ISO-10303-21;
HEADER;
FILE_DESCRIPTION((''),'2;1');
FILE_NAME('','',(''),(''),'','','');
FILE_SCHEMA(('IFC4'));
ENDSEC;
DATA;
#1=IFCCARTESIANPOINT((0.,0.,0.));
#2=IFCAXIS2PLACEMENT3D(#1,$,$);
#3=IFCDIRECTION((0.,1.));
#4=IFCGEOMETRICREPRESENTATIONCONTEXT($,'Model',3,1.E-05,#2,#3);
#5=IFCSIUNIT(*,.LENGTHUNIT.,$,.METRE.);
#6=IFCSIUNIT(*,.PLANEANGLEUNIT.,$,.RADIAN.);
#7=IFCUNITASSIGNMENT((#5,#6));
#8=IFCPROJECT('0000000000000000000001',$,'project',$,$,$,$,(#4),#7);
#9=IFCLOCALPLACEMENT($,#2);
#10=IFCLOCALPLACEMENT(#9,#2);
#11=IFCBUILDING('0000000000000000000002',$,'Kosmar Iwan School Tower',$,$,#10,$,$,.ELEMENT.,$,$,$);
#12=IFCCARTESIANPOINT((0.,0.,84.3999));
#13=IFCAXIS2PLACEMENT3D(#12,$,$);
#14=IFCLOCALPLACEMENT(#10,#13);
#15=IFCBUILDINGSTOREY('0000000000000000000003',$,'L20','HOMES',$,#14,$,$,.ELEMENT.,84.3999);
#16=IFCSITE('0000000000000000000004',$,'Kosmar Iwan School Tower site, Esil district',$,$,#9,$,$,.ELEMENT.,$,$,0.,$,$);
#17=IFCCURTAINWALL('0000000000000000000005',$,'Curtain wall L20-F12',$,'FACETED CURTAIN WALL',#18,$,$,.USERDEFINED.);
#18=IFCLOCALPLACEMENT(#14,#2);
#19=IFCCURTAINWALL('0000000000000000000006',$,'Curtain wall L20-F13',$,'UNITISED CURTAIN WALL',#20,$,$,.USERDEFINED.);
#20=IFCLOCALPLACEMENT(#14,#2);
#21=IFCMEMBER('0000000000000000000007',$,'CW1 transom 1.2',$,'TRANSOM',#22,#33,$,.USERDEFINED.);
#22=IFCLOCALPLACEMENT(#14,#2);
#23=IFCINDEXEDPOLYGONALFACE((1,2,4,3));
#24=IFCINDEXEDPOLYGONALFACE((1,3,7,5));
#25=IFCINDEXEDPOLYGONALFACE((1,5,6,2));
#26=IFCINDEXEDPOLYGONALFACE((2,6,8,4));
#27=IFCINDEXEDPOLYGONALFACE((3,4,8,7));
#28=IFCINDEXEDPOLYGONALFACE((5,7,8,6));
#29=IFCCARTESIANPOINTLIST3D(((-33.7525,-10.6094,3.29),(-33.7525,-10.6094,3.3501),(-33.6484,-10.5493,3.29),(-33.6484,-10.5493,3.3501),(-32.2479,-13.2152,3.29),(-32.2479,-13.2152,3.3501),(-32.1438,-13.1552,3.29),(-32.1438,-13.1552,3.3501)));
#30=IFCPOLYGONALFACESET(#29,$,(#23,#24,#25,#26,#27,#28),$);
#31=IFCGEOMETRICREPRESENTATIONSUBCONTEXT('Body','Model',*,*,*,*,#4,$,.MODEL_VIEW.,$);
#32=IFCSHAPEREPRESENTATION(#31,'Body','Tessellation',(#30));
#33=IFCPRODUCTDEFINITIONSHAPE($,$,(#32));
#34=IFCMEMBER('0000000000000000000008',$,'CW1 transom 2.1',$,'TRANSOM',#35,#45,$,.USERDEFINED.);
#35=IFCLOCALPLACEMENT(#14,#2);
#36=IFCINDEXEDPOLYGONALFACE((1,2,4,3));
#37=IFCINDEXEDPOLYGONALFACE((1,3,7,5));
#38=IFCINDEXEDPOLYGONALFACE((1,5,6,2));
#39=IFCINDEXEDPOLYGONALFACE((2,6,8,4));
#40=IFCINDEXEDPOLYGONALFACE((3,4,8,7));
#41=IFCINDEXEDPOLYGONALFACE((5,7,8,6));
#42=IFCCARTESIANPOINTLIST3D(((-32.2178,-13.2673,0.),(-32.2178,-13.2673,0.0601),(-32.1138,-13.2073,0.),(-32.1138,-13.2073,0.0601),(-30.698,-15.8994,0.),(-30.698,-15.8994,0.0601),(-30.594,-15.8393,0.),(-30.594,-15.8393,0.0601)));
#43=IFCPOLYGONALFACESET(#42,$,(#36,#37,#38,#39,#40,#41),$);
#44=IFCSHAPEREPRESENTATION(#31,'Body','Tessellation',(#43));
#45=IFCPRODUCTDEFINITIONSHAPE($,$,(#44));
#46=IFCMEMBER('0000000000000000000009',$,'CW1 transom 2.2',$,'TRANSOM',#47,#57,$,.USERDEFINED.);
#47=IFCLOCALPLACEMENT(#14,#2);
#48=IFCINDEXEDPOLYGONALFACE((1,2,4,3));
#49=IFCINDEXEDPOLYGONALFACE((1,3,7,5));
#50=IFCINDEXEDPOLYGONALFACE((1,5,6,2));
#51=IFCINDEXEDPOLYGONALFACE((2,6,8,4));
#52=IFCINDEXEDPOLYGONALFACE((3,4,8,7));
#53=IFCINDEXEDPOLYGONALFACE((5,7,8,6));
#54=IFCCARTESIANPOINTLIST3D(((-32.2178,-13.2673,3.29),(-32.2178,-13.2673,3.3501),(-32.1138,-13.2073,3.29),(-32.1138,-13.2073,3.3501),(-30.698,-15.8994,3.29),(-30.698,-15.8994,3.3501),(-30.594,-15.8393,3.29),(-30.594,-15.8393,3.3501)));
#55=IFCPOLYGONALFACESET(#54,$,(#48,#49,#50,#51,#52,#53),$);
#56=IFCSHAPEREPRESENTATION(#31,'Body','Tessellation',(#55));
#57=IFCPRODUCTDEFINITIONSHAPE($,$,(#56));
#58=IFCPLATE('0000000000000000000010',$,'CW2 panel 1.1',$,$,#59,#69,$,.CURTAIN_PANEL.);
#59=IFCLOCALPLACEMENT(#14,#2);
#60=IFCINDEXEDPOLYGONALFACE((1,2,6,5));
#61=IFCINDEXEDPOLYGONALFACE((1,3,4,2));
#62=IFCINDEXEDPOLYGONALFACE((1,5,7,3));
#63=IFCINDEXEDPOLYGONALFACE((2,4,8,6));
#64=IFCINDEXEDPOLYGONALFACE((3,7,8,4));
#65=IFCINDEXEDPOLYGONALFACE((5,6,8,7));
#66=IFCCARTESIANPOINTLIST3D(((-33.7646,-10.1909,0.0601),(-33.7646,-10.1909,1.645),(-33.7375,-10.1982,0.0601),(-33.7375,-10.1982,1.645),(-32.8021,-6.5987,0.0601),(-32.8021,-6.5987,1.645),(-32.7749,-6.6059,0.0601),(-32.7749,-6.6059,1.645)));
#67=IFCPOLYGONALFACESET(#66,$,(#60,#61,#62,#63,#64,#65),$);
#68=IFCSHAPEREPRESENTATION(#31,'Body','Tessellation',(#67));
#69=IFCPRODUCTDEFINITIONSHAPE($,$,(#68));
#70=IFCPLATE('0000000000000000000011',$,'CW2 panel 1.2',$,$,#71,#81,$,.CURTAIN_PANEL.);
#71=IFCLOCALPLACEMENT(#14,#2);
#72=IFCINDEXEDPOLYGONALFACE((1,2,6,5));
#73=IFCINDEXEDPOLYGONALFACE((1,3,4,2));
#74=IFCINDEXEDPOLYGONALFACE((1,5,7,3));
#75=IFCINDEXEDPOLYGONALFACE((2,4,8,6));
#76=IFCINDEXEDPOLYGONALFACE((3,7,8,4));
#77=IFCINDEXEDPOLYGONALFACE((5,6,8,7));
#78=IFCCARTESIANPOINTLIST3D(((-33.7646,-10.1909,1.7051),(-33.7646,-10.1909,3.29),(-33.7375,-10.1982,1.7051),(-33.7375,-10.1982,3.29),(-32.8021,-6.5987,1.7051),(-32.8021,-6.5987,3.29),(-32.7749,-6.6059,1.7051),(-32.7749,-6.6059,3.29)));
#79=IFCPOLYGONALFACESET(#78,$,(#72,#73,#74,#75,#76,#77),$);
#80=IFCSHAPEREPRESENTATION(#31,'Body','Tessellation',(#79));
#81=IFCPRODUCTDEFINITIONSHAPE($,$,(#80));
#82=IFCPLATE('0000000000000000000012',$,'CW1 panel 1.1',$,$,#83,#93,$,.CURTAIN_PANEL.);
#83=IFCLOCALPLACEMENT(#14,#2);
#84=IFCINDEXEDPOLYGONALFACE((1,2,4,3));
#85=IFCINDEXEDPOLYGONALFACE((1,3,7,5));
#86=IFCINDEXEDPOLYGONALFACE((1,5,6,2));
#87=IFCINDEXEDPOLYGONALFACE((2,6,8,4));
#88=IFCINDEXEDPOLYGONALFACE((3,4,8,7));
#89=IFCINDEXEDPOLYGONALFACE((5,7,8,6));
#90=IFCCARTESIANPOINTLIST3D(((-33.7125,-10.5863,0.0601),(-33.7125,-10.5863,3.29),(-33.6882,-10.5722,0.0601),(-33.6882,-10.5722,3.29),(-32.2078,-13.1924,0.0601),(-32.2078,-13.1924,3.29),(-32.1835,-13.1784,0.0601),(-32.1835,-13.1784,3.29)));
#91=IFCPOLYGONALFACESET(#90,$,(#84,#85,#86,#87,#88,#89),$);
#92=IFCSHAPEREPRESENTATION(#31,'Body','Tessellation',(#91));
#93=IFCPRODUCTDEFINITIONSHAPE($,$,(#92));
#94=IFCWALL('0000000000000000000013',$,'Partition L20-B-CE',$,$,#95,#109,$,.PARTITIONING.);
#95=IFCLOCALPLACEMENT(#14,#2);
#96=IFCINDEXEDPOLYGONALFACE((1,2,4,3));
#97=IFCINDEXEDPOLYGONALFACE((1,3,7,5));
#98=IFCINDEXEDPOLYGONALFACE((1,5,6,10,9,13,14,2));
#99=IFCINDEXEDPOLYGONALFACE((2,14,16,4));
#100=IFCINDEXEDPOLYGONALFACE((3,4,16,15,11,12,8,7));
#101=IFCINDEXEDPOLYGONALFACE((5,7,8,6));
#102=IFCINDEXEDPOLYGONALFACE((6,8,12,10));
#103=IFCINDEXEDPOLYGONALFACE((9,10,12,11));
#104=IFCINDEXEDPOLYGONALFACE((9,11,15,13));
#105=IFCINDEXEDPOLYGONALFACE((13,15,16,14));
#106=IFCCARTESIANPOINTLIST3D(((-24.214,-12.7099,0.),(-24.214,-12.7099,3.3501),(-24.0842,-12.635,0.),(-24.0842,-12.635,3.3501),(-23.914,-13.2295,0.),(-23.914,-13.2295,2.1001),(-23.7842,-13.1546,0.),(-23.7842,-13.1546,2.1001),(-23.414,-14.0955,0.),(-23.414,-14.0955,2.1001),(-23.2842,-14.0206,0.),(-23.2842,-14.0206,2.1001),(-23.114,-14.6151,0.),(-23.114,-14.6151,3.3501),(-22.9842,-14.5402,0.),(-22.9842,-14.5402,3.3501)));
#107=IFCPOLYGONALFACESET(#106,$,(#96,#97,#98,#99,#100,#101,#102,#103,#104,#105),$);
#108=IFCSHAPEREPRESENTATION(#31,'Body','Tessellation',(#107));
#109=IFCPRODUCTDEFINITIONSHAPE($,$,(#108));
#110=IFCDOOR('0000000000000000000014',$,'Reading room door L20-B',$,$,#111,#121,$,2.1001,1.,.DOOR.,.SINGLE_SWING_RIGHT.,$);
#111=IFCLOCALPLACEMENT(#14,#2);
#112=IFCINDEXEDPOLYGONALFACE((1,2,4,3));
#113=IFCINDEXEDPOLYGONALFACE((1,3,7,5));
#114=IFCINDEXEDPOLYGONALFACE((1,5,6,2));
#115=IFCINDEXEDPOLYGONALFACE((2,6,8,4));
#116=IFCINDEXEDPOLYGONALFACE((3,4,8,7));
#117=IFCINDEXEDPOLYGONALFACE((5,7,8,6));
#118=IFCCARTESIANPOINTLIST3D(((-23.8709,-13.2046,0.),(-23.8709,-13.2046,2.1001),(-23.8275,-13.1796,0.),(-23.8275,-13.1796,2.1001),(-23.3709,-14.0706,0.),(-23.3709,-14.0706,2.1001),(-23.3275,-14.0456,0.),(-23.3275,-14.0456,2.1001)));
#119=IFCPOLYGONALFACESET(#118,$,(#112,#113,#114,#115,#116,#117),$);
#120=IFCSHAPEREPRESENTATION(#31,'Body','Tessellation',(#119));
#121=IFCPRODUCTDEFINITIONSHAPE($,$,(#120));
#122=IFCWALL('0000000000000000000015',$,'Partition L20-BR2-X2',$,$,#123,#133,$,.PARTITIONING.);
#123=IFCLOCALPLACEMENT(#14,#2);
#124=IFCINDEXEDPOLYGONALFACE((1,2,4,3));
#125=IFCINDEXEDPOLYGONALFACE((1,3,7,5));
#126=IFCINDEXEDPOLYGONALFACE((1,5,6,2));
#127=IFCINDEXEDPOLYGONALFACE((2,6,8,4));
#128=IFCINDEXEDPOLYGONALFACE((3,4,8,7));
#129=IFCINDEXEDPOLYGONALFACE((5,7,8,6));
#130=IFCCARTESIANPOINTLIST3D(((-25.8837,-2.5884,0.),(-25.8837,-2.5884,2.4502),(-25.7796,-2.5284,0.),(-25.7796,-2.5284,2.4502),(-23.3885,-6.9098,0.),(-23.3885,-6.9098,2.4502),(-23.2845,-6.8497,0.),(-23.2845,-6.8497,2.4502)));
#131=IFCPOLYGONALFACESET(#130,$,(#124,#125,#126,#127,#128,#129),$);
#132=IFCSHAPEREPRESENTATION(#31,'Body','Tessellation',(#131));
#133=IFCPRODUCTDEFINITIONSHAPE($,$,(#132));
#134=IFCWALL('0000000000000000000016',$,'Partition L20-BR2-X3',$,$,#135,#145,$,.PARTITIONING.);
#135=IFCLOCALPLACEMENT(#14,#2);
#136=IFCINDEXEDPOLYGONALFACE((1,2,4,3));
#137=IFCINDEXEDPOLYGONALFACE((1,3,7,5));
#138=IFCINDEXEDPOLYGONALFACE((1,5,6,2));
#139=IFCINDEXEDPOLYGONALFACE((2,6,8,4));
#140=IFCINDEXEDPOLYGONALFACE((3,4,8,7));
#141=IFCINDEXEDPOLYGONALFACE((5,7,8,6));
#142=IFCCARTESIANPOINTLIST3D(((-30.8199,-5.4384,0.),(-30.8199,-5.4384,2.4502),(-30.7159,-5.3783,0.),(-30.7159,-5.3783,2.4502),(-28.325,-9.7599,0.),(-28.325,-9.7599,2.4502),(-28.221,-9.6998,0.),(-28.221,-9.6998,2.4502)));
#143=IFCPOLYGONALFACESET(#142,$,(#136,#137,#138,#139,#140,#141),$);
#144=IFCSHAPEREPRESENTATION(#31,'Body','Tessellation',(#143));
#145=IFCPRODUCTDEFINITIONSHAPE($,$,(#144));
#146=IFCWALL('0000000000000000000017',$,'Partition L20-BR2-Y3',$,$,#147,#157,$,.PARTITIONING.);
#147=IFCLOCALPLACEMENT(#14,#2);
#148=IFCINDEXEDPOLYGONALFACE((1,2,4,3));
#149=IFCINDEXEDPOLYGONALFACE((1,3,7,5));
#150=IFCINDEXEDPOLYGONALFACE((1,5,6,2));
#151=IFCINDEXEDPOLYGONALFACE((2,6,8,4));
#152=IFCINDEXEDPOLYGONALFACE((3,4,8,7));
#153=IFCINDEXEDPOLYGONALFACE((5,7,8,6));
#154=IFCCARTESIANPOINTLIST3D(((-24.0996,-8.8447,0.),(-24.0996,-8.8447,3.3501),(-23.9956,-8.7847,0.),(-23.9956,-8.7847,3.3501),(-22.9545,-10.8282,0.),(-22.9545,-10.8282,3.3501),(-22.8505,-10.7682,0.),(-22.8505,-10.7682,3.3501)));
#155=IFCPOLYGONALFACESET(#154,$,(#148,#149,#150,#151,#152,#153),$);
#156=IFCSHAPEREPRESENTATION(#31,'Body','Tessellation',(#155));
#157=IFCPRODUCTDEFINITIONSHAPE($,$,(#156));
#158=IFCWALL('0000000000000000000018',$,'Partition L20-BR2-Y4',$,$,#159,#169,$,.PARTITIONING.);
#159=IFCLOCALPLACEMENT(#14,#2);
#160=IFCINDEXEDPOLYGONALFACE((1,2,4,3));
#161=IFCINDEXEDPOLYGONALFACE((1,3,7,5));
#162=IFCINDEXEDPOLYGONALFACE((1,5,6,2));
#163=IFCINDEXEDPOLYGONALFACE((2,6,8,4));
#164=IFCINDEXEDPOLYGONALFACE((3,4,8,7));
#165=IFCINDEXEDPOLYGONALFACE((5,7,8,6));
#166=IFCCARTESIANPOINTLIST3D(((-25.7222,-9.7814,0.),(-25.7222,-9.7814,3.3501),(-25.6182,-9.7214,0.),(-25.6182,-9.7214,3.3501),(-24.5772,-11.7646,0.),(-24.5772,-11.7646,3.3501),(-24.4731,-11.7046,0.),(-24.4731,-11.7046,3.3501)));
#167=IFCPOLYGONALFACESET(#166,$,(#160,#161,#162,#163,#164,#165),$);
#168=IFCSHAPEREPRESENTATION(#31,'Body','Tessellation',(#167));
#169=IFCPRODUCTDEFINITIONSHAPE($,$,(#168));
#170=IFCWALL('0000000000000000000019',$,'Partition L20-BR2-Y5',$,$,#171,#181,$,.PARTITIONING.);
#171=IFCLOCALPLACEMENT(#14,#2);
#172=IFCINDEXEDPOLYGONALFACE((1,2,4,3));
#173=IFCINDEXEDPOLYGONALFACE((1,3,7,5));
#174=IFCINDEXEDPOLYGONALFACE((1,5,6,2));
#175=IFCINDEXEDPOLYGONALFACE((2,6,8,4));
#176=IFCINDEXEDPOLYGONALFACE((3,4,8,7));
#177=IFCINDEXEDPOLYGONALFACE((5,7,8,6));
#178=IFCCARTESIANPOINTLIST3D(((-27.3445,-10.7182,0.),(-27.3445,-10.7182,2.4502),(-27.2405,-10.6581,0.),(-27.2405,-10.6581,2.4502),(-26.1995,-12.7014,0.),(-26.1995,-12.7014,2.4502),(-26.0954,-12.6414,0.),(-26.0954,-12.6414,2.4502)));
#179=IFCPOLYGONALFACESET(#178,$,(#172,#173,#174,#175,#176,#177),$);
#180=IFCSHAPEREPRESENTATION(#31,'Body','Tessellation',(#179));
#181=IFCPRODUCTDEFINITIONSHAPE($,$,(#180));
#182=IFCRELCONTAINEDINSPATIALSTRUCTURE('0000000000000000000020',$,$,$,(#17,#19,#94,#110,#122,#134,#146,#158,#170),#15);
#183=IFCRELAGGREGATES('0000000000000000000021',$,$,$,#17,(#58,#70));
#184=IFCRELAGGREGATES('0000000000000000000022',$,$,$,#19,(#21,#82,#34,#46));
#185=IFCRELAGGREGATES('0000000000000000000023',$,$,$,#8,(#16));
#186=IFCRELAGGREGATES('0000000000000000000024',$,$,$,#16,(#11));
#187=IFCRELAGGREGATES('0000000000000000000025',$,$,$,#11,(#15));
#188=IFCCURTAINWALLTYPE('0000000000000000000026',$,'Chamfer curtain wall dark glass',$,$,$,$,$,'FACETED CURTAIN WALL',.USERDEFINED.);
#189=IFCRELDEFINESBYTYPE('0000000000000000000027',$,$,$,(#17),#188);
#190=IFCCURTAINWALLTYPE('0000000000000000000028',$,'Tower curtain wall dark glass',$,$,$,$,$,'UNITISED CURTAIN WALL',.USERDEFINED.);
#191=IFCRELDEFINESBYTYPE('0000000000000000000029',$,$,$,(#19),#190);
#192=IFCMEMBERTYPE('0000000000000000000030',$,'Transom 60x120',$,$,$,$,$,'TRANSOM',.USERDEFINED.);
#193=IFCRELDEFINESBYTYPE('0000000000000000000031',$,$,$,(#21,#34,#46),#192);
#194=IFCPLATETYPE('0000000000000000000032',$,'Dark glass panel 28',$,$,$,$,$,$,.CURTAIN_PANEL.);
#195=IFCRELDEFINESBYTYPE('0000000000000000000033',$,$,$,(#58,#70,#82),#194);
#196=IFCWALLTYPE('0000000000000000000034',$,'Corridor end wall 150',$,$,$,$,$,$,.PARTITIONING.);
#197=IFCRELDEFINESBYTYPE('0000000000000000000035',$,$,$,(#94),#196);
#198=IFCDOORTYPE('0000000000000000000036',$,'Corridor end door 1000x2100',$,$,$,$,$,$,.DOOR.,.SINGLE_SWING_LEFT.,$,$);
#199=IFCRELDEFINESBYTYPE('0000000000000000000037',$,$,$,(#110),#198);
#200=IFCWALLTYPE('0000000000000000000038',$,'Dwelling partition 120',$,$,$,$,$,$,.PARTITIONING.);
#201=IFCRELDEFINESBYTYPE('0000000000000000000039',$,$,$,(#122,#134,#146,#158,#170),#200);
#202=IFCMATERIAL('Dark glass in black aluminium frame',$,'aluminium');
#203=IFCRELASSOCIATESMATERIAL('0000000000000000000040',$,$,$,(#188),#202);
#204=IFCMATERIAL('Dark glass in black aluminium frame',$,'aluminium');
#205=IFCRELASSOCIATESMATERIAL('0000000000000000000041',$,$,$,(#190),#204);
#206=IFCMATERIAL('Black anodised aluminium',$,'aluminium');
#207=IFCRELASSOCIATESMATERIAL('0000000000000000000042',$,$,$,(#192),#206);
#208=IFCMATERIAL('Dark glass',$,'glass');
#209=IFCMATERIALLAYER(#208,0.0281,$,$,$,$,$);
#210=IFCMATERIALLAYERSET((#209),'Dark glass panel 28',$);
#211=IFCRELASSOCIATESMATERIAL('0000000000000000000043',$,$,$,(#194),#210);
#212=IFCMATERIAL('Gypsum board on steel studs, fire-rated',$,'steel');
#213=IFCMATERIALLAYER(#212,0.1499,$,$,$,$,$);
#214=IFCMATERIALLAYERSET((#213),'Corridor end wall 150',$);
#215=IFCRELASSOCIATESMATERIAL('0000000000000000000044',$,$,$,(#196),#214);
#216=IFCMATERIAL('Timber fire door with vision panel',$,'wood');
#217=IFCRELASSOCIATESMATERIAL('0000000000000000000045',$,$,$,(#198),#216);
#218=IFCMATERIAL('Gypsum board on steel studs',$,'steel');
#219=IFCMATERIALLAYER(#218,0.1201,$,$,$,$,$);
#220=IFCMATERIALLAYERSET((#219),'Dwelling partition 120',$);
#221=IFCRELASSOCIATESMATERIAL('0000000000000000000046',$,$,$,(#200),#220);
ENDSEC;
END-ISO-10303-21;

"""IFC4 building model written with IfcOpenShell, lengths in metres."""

from ifc_helpers import new_model, si_unit, direction, frame, frame_2d, origin, origin_2d, place, context, subcontext, project, spatial, rectangle, extrude, material, layer, layer_set, material_profile, profile_set, type_object, element, fill, aggregate, save


model = new_model("IFC4")

# Units and contexts
model_context = context("Model", 3, precision=1e-05, world=origin(), true_north=direction((0.0, 1.0)))
body_context = subcontext(model_context, "Body", "Model", "MODEL_VIEW")
ifc_project = project(units=[si_unit("LENGTHUNIT", "METRE"), si_unit("PLANEANGLEUNIT", "RADIAN")], contexts=[model_context])

# Site, building, storey
site_placement = place(None, origin())
site = spatial("IfcSite", under=ifc_project, at=site_placement, Name="Kosmar Iwan School Tower site, Esil district", CompositionType="ELEMENT", RefElevation=0.0)
building_placement = place(site_placement, origin())
building = spatial("IfcBuilding", under=site, at=building_placement, Name="Kosmar Iwan School Tower", CompositionType="ELEMENT")
storey_placement = place(building_placement, frame((0.0, 0.0, 84.3999)))
storey = spatial("IfcBuildingStorey", under=building, at=storey_placement, Name="L20", Description="HOMES", CompositionType="ELEMENT", Elevation=84.3999)

# Curtain walls
ifc_material_1 = material(Name="Dark glass in black aluminium frame", Category="aluminium")
curtain_wall_type_1 = type_object("IfcCurtainWallType", Name="Chamfer curtain wall dark glass", ElementType="FACETED CURTAIN WALL", PredefinedType="USERDEFINED", material=ifc_material_1)
curtain_wall_1_placement = place(storey_placement, origin())
curtain_wall_1 = element("IfcCurtainWall", 1, at=curtain_wall_1_placement, inside=storey, type_object=curtain_wall_type_1, Name="Curtain wall L20-F12", ObjectType="FACETED CURTAIN WALL", PredefinedType="USERDEFINED")
ifc_material_2 = material(Name="Dark glass in black aluminium frame", Category="aluminium")
curtain_wall_type_2 = type_object("IfcCurtainWallType", Name="Tower curtain wall dark glass", ElementType="UNITISED CURTAIN WALL", PredefinedType="USERDEFINED", material=ifc_material_2)
curtain_wall_2_placement = place(storey_placement, origin())
curtain_wall_2 = element("IfcCurtainWall", 2, at=curtain_wall_2_placement, inside=storey, type_object=curtain_wall_type_2, Name="Curtain wall L20-F13", ObjectType="UNITISED CURTAIN WALL", PredefinedType="USERDEFINED")

# Members
ifc_material_3 = material(Name="Black anodised aluminium", Category="aluminium")
ifc_material_profile_1 = material_profile(ifc_material_3, rectangle(XDim=0.1201, YDim=0.0601, at=origin_2d()), Name="TRANSOM 60x120")
ifc_profile_set_1 = profile_set([ifc_material_profile_1], Name="Black anodised aluminium")
member_type_1 = type_object("IfcMemberType", Name="Transom 60x120", ElementType="TRANSOM", PredefinedType="USERDEFINED", material=ifc_profile_set_1)
member_1_placement = place(storey_placement, frame((-33.7004, -10.5793, 3.3201), z_axis=(0.500022, -0.866013, 0.0), x_axis=(0.866013, 0.500022, 0.0)))
member_1 = element("IfcMember", 3, at=member_1_placement, type_object=member_type_1, Name="CW1 transom 1.2", ObjectType="TRANSOM", PredefinedType="USERDEFINED", context=body_context, shape_type="SweptSolid", body=[
    extrude(rectangle(XDim=0.1201, YDim=0.0601, at=origin_2d()), origin(), (0.0, 0.0, 1.0), 3.009),
])
member_2_placement = place(storey_placement, frame((-32.1658, -13.2373, 0.03), z_axis=(0.500035, -0.866005, 0.0), x_axis=(0.866005, 0.500035, 0.0)))
member_2 = element("IfcMember", 4, at=member_2_placement, type_object=member_type_1, Name="CW1 transom 2.1", ObjectType="TRANSOM", PredefinedType="USERDEFINED", context=body_context, shape_type="SweptSolid", body=[
    extrude(rectangle(XDim=0.1201, YDim=0.0601, at=origin_2d()), origin(), (0.0, 0.0, 1.0), 3.0393),
])
member_3_placement = place(storey_placement, frame((-32.1658, -13.2373, 3.3201), z_axis=(0.500035, -0.866005, 0.0), x_axis=(0.866005, 0.500035, 0.0)))
member_3 = element("IfcMember", 5, at=member_3_placement, type_object=member_type_1, Name="CW1 transom 2.2", ObjectType="TRANSOM", PredefinedType="USERDEFINED", context=body_context, shape_type="SweptSolid", body=[
    extrude(rectangle(XDim=0.1201, YDim=0.0601, at=origin_2d()), origin(), (0.0, 0.0, 1.0), 3.0393),
])

# Plates
ifc_material_4 = material(Name="Dark glass", Category="glass")
ifc_layer_1 = layer(ifc_material_4, 0.0281)
ifc_layer_set_1 = layer_set([ifc_layer_1], Name="Dark glass panel 28")
plate_type = type_object("IfcPlateType", Name="Dark glass panel 28", PredefinedType="CURTAIN_PANEL", material=ifc_layer_set_1)
plate_1_placement = place(storey_placement, frame((-33.2698, -8.3984, 0.0601), z_axis=(0.0, 0.0, 1.0), x_axis=(-0.258819, -0.965926, 0.0)))
plate_1 = element("IfcPlate", 6, at=plate_1_placement, type_object=plate_type, Name="CW2 panel 1.1", PredefinedType="CURTAIN_PANEL", context=body_context, shape_type="SweptSolid", body=[
    extrude(rectangle(XDim=3.719, YDim=0.0281, at=origin_2d()), origin(), (0.0, 0.0, 1.0), 1.585),
])
plate_2_placement = place(storey_placement, frame((-33.2698, -8.3984, 1.7051), z_axis=(0.0, 0.0, 1.0), x_axis=(-0.258819, -0.965926, 0.0)))
plate_2 = element("IfcPlate", 7, at=plate_2_placement, type_object=plate_type, Name="CW2 panel 1.2", PredefinedType="CURTAIN_PANEL", context=body_context, shape_type="SweptSolid", body=[
    extrude(rectangle(XDim=3.719, YDim=0.0281, at=origin_2d()), origin(), (0.0, 0.0, 1.0), 1.585),
])
aggregate(curtain_wall_1, [plate_1, plate_2])
plate_3_placement = place(storey_placement, frame((-32.948, -11.8823, 0.0601), z_axis=(0.0, 0.0, 1.0), x_axis=(0.5, -0.866025, 0.0)))
plate_3 = element("IfcPlate", 8, at=plate_3_placement, type_object=plate_type, Name="CW1 panel 1.1", PredefinedType="CURTAIN_PANEL", context=body_context, shape_type="SweptSolid", body=[
    extrude(rectangle(XDim=3.0093, YDim=0.0281, at=origin_2d()), origin(), (0.0, 0.0, 1.0), 3.23),
])
aggregate(curtain_wall_2, [member_1, plate_3, member_2, member_3])

# Wall, opening, door
ifc_material_5 = material(Name="Gypsum board on steel studs, fire-rated", Category="steel")
ifc_layer_2 = layer(ifc_material_5, 0.1499)
ifc_layer_set_2 = layer_set([ifc_layer_2], Name="Corridor end wall 150")
wall_type_1 = type_object("IfcWallType", Name="Corridor end wall 150", PredefinedType="PARTITIONING", material=ifc_layer_set_2)
wall_1_placement = place(storey_placement, frame((-24.1492, -12.6724, 0.0), z_axis=(0.0, 0.0, 1.0), x_axis=(0.50003, -0.866008, 0.0)))
wall_1 = element("IfcWall", 9, at=wall_1_placement, inside=storey, type_object=wall_type_1, Name="Partition L20-B-CE", PredefinedType="PARTITIONING", context=body_context, shape_type="SweptSolid", body=[
    extrude(rectangle(XDim=2.2, YDim=0.1499, at=frame_2d((1.1001, 0.0))), origin(), (0.0, 0.0, 1.0), 3.3501),
])
opening_placement = place(wall_1_placement, frame((0.6001, 0.0, 0.0)))
opening = element("IfcOpeningElement", 10, at=opening_placement, cuts=wall_1, PredefinedType="OPENING", context=body_context, shape_type="SweptSolid", body=[
    extrude(rectangle(XDim=1.0, YDim=2.1001, at=frame_2d((0.5, 1.05))), frame((0.0, 0.0869, 0.0), z_axis=(0.0, -1.0, 0.0), x_axis=(1.0, 0.0, 0.0)), (0.0, 0.0, 1.0), 0.1738),
])
ifc_material_6 = material(Name="Timber fire door with vision panel", Category="wood")
door_type = type_object("IfcDoorType", Name="Corridor end door 1000x2100", OperationType="SINGLE_SWING_LEFT", PredefinedType="DOOR", material=ifc_material_6)
door_placement = place(opening_placement, origin())
door = element("IfcDoor", 11, at=door_placement, inside=storey, type_object=door_type, Name="Reading room door L20-B", OperationType="SINGLE_SWING_RIGHT", OverallHeight=2.1001, OverallWidth=1.0, PredefinedType="DOOR", context=body_context, shape_type="SweptSolid", body=[
    extrude(rectangle(XDim=1.0, YDim=2.1001, at=frame_2d((0.5, 1.05))), frame((0.0, 0.0249, 0.0), z_axis=(0.0, -1.0, 0.0), x_axis=(1.0, 0.0, 0.0)), (0.0, 0.0, 1.0), 0.05),
])
fill(opening, door)

# Walls
ifc_material_7 = material(Name="Gypsum board on steel studs", Category="steel")
ifc_layer_3 = layer(ifc_material_7, 0.1201)
ifc_layer_set_3 = layer_set([ifc_layer_3], Name="Dwelling partition 120")
wall_type_2 = type_object("IfcWallType", Name="Dwelling partition 120", PredefinedType="PARTITIONING", material=ifc_layer_set_3)
for number, where, z_axis, x_axis, name in (
    (12, (-23.3364, -6.8799, 0.0), (0.0, 0.0, 1.0), (-0.500033, 0.866006, 0.0), "Partition L20-BR2-X2"),
    (13, (-28.2729, -9.73, 0.0), (0.0, 0.0, 1.0), (-0.499975, 0.86604, 0.0), "Partition L20-BR2-X3"),
):
    element("IfcWall", number, at=place(storey_placement, frame(where, z_axis=z_axis, x_axis=x_axis)), inside=storey, type_object=wall_type_2, Name=name, PredefinedType="PARTITIONING", context=body_context, shape_type="SweptSolid", body=[
        extrude(rectangle(XDim=4.99, YDim=0.1201, at=frame_2d((2.4951, 0.0))), origin(), (0.0, 0.0, 1.0), 2.4502),
    ])
wall_2_placement = place(storey_placement, frame((-22.9026, -10.7981, 0.0), z_axis=(0.0, 0.0, 1.0), x_axis=(-0.499969, 0.866044, 0.0)))
element("IfcWall", 14, at=wall_2_placement, inside=storey, type_object=wall_type_2, Name="Partition L20-BR2-Y3", PredefinedType="PARTITIONING", context=body_context, shape_type="SweptSolid", body=[
    extrude(rectangle(XDim=2.2903, YDim=0.1201, at=frame_2d((1.145, 0.0))), origin(), (0.0, 0.0, 1.0), 3.3501),
])
wall_3_placement = place(storey_placement, frame((-24.5251, -11.7346, 0.0), z_axis=(0.0, 0.0, 1.0), x_axis=(-0.500015, 0.866017, 0.0)))
element("IfcWall", 15, at=wall_3_placement, inside=storey, type_object=wall_type_2, Name="Partition L20-BR2-Y4", PredefinedType="PARTITIONING", context=body_context, shape_type="SweptSolid", body=[
    extrude(rectangle(XDim=2.29, YDim=0.1201, at=frame_2d((1.145, 0.0))), origin(), (0.0, 0.0, 1.0), 3.3501),
])
wall_4_placement = place(storey_placement, frame((-26.1475, -12.6714, 0.0), z_axis=(0.0, 0.0, 1.0), x_axis=(-0.500015, 0.866017, 0.0)))
element("IfcWall", 16, at=wall_4_placement, inside=storey, type_object=wall_type_2, Name="Partition L20-BR2-Y5", PredefinedType="PARTITIONING", context=body_context, shape_type="SweptSolid", body=[
    extrude(rectangle(XDim=2.29, YDim=0.1201, at=frame_2d((1.145, 0.0))), origin(), (0.0, 0.0, 1.0), 2.4502),
])

save(model, "model.ifc")
